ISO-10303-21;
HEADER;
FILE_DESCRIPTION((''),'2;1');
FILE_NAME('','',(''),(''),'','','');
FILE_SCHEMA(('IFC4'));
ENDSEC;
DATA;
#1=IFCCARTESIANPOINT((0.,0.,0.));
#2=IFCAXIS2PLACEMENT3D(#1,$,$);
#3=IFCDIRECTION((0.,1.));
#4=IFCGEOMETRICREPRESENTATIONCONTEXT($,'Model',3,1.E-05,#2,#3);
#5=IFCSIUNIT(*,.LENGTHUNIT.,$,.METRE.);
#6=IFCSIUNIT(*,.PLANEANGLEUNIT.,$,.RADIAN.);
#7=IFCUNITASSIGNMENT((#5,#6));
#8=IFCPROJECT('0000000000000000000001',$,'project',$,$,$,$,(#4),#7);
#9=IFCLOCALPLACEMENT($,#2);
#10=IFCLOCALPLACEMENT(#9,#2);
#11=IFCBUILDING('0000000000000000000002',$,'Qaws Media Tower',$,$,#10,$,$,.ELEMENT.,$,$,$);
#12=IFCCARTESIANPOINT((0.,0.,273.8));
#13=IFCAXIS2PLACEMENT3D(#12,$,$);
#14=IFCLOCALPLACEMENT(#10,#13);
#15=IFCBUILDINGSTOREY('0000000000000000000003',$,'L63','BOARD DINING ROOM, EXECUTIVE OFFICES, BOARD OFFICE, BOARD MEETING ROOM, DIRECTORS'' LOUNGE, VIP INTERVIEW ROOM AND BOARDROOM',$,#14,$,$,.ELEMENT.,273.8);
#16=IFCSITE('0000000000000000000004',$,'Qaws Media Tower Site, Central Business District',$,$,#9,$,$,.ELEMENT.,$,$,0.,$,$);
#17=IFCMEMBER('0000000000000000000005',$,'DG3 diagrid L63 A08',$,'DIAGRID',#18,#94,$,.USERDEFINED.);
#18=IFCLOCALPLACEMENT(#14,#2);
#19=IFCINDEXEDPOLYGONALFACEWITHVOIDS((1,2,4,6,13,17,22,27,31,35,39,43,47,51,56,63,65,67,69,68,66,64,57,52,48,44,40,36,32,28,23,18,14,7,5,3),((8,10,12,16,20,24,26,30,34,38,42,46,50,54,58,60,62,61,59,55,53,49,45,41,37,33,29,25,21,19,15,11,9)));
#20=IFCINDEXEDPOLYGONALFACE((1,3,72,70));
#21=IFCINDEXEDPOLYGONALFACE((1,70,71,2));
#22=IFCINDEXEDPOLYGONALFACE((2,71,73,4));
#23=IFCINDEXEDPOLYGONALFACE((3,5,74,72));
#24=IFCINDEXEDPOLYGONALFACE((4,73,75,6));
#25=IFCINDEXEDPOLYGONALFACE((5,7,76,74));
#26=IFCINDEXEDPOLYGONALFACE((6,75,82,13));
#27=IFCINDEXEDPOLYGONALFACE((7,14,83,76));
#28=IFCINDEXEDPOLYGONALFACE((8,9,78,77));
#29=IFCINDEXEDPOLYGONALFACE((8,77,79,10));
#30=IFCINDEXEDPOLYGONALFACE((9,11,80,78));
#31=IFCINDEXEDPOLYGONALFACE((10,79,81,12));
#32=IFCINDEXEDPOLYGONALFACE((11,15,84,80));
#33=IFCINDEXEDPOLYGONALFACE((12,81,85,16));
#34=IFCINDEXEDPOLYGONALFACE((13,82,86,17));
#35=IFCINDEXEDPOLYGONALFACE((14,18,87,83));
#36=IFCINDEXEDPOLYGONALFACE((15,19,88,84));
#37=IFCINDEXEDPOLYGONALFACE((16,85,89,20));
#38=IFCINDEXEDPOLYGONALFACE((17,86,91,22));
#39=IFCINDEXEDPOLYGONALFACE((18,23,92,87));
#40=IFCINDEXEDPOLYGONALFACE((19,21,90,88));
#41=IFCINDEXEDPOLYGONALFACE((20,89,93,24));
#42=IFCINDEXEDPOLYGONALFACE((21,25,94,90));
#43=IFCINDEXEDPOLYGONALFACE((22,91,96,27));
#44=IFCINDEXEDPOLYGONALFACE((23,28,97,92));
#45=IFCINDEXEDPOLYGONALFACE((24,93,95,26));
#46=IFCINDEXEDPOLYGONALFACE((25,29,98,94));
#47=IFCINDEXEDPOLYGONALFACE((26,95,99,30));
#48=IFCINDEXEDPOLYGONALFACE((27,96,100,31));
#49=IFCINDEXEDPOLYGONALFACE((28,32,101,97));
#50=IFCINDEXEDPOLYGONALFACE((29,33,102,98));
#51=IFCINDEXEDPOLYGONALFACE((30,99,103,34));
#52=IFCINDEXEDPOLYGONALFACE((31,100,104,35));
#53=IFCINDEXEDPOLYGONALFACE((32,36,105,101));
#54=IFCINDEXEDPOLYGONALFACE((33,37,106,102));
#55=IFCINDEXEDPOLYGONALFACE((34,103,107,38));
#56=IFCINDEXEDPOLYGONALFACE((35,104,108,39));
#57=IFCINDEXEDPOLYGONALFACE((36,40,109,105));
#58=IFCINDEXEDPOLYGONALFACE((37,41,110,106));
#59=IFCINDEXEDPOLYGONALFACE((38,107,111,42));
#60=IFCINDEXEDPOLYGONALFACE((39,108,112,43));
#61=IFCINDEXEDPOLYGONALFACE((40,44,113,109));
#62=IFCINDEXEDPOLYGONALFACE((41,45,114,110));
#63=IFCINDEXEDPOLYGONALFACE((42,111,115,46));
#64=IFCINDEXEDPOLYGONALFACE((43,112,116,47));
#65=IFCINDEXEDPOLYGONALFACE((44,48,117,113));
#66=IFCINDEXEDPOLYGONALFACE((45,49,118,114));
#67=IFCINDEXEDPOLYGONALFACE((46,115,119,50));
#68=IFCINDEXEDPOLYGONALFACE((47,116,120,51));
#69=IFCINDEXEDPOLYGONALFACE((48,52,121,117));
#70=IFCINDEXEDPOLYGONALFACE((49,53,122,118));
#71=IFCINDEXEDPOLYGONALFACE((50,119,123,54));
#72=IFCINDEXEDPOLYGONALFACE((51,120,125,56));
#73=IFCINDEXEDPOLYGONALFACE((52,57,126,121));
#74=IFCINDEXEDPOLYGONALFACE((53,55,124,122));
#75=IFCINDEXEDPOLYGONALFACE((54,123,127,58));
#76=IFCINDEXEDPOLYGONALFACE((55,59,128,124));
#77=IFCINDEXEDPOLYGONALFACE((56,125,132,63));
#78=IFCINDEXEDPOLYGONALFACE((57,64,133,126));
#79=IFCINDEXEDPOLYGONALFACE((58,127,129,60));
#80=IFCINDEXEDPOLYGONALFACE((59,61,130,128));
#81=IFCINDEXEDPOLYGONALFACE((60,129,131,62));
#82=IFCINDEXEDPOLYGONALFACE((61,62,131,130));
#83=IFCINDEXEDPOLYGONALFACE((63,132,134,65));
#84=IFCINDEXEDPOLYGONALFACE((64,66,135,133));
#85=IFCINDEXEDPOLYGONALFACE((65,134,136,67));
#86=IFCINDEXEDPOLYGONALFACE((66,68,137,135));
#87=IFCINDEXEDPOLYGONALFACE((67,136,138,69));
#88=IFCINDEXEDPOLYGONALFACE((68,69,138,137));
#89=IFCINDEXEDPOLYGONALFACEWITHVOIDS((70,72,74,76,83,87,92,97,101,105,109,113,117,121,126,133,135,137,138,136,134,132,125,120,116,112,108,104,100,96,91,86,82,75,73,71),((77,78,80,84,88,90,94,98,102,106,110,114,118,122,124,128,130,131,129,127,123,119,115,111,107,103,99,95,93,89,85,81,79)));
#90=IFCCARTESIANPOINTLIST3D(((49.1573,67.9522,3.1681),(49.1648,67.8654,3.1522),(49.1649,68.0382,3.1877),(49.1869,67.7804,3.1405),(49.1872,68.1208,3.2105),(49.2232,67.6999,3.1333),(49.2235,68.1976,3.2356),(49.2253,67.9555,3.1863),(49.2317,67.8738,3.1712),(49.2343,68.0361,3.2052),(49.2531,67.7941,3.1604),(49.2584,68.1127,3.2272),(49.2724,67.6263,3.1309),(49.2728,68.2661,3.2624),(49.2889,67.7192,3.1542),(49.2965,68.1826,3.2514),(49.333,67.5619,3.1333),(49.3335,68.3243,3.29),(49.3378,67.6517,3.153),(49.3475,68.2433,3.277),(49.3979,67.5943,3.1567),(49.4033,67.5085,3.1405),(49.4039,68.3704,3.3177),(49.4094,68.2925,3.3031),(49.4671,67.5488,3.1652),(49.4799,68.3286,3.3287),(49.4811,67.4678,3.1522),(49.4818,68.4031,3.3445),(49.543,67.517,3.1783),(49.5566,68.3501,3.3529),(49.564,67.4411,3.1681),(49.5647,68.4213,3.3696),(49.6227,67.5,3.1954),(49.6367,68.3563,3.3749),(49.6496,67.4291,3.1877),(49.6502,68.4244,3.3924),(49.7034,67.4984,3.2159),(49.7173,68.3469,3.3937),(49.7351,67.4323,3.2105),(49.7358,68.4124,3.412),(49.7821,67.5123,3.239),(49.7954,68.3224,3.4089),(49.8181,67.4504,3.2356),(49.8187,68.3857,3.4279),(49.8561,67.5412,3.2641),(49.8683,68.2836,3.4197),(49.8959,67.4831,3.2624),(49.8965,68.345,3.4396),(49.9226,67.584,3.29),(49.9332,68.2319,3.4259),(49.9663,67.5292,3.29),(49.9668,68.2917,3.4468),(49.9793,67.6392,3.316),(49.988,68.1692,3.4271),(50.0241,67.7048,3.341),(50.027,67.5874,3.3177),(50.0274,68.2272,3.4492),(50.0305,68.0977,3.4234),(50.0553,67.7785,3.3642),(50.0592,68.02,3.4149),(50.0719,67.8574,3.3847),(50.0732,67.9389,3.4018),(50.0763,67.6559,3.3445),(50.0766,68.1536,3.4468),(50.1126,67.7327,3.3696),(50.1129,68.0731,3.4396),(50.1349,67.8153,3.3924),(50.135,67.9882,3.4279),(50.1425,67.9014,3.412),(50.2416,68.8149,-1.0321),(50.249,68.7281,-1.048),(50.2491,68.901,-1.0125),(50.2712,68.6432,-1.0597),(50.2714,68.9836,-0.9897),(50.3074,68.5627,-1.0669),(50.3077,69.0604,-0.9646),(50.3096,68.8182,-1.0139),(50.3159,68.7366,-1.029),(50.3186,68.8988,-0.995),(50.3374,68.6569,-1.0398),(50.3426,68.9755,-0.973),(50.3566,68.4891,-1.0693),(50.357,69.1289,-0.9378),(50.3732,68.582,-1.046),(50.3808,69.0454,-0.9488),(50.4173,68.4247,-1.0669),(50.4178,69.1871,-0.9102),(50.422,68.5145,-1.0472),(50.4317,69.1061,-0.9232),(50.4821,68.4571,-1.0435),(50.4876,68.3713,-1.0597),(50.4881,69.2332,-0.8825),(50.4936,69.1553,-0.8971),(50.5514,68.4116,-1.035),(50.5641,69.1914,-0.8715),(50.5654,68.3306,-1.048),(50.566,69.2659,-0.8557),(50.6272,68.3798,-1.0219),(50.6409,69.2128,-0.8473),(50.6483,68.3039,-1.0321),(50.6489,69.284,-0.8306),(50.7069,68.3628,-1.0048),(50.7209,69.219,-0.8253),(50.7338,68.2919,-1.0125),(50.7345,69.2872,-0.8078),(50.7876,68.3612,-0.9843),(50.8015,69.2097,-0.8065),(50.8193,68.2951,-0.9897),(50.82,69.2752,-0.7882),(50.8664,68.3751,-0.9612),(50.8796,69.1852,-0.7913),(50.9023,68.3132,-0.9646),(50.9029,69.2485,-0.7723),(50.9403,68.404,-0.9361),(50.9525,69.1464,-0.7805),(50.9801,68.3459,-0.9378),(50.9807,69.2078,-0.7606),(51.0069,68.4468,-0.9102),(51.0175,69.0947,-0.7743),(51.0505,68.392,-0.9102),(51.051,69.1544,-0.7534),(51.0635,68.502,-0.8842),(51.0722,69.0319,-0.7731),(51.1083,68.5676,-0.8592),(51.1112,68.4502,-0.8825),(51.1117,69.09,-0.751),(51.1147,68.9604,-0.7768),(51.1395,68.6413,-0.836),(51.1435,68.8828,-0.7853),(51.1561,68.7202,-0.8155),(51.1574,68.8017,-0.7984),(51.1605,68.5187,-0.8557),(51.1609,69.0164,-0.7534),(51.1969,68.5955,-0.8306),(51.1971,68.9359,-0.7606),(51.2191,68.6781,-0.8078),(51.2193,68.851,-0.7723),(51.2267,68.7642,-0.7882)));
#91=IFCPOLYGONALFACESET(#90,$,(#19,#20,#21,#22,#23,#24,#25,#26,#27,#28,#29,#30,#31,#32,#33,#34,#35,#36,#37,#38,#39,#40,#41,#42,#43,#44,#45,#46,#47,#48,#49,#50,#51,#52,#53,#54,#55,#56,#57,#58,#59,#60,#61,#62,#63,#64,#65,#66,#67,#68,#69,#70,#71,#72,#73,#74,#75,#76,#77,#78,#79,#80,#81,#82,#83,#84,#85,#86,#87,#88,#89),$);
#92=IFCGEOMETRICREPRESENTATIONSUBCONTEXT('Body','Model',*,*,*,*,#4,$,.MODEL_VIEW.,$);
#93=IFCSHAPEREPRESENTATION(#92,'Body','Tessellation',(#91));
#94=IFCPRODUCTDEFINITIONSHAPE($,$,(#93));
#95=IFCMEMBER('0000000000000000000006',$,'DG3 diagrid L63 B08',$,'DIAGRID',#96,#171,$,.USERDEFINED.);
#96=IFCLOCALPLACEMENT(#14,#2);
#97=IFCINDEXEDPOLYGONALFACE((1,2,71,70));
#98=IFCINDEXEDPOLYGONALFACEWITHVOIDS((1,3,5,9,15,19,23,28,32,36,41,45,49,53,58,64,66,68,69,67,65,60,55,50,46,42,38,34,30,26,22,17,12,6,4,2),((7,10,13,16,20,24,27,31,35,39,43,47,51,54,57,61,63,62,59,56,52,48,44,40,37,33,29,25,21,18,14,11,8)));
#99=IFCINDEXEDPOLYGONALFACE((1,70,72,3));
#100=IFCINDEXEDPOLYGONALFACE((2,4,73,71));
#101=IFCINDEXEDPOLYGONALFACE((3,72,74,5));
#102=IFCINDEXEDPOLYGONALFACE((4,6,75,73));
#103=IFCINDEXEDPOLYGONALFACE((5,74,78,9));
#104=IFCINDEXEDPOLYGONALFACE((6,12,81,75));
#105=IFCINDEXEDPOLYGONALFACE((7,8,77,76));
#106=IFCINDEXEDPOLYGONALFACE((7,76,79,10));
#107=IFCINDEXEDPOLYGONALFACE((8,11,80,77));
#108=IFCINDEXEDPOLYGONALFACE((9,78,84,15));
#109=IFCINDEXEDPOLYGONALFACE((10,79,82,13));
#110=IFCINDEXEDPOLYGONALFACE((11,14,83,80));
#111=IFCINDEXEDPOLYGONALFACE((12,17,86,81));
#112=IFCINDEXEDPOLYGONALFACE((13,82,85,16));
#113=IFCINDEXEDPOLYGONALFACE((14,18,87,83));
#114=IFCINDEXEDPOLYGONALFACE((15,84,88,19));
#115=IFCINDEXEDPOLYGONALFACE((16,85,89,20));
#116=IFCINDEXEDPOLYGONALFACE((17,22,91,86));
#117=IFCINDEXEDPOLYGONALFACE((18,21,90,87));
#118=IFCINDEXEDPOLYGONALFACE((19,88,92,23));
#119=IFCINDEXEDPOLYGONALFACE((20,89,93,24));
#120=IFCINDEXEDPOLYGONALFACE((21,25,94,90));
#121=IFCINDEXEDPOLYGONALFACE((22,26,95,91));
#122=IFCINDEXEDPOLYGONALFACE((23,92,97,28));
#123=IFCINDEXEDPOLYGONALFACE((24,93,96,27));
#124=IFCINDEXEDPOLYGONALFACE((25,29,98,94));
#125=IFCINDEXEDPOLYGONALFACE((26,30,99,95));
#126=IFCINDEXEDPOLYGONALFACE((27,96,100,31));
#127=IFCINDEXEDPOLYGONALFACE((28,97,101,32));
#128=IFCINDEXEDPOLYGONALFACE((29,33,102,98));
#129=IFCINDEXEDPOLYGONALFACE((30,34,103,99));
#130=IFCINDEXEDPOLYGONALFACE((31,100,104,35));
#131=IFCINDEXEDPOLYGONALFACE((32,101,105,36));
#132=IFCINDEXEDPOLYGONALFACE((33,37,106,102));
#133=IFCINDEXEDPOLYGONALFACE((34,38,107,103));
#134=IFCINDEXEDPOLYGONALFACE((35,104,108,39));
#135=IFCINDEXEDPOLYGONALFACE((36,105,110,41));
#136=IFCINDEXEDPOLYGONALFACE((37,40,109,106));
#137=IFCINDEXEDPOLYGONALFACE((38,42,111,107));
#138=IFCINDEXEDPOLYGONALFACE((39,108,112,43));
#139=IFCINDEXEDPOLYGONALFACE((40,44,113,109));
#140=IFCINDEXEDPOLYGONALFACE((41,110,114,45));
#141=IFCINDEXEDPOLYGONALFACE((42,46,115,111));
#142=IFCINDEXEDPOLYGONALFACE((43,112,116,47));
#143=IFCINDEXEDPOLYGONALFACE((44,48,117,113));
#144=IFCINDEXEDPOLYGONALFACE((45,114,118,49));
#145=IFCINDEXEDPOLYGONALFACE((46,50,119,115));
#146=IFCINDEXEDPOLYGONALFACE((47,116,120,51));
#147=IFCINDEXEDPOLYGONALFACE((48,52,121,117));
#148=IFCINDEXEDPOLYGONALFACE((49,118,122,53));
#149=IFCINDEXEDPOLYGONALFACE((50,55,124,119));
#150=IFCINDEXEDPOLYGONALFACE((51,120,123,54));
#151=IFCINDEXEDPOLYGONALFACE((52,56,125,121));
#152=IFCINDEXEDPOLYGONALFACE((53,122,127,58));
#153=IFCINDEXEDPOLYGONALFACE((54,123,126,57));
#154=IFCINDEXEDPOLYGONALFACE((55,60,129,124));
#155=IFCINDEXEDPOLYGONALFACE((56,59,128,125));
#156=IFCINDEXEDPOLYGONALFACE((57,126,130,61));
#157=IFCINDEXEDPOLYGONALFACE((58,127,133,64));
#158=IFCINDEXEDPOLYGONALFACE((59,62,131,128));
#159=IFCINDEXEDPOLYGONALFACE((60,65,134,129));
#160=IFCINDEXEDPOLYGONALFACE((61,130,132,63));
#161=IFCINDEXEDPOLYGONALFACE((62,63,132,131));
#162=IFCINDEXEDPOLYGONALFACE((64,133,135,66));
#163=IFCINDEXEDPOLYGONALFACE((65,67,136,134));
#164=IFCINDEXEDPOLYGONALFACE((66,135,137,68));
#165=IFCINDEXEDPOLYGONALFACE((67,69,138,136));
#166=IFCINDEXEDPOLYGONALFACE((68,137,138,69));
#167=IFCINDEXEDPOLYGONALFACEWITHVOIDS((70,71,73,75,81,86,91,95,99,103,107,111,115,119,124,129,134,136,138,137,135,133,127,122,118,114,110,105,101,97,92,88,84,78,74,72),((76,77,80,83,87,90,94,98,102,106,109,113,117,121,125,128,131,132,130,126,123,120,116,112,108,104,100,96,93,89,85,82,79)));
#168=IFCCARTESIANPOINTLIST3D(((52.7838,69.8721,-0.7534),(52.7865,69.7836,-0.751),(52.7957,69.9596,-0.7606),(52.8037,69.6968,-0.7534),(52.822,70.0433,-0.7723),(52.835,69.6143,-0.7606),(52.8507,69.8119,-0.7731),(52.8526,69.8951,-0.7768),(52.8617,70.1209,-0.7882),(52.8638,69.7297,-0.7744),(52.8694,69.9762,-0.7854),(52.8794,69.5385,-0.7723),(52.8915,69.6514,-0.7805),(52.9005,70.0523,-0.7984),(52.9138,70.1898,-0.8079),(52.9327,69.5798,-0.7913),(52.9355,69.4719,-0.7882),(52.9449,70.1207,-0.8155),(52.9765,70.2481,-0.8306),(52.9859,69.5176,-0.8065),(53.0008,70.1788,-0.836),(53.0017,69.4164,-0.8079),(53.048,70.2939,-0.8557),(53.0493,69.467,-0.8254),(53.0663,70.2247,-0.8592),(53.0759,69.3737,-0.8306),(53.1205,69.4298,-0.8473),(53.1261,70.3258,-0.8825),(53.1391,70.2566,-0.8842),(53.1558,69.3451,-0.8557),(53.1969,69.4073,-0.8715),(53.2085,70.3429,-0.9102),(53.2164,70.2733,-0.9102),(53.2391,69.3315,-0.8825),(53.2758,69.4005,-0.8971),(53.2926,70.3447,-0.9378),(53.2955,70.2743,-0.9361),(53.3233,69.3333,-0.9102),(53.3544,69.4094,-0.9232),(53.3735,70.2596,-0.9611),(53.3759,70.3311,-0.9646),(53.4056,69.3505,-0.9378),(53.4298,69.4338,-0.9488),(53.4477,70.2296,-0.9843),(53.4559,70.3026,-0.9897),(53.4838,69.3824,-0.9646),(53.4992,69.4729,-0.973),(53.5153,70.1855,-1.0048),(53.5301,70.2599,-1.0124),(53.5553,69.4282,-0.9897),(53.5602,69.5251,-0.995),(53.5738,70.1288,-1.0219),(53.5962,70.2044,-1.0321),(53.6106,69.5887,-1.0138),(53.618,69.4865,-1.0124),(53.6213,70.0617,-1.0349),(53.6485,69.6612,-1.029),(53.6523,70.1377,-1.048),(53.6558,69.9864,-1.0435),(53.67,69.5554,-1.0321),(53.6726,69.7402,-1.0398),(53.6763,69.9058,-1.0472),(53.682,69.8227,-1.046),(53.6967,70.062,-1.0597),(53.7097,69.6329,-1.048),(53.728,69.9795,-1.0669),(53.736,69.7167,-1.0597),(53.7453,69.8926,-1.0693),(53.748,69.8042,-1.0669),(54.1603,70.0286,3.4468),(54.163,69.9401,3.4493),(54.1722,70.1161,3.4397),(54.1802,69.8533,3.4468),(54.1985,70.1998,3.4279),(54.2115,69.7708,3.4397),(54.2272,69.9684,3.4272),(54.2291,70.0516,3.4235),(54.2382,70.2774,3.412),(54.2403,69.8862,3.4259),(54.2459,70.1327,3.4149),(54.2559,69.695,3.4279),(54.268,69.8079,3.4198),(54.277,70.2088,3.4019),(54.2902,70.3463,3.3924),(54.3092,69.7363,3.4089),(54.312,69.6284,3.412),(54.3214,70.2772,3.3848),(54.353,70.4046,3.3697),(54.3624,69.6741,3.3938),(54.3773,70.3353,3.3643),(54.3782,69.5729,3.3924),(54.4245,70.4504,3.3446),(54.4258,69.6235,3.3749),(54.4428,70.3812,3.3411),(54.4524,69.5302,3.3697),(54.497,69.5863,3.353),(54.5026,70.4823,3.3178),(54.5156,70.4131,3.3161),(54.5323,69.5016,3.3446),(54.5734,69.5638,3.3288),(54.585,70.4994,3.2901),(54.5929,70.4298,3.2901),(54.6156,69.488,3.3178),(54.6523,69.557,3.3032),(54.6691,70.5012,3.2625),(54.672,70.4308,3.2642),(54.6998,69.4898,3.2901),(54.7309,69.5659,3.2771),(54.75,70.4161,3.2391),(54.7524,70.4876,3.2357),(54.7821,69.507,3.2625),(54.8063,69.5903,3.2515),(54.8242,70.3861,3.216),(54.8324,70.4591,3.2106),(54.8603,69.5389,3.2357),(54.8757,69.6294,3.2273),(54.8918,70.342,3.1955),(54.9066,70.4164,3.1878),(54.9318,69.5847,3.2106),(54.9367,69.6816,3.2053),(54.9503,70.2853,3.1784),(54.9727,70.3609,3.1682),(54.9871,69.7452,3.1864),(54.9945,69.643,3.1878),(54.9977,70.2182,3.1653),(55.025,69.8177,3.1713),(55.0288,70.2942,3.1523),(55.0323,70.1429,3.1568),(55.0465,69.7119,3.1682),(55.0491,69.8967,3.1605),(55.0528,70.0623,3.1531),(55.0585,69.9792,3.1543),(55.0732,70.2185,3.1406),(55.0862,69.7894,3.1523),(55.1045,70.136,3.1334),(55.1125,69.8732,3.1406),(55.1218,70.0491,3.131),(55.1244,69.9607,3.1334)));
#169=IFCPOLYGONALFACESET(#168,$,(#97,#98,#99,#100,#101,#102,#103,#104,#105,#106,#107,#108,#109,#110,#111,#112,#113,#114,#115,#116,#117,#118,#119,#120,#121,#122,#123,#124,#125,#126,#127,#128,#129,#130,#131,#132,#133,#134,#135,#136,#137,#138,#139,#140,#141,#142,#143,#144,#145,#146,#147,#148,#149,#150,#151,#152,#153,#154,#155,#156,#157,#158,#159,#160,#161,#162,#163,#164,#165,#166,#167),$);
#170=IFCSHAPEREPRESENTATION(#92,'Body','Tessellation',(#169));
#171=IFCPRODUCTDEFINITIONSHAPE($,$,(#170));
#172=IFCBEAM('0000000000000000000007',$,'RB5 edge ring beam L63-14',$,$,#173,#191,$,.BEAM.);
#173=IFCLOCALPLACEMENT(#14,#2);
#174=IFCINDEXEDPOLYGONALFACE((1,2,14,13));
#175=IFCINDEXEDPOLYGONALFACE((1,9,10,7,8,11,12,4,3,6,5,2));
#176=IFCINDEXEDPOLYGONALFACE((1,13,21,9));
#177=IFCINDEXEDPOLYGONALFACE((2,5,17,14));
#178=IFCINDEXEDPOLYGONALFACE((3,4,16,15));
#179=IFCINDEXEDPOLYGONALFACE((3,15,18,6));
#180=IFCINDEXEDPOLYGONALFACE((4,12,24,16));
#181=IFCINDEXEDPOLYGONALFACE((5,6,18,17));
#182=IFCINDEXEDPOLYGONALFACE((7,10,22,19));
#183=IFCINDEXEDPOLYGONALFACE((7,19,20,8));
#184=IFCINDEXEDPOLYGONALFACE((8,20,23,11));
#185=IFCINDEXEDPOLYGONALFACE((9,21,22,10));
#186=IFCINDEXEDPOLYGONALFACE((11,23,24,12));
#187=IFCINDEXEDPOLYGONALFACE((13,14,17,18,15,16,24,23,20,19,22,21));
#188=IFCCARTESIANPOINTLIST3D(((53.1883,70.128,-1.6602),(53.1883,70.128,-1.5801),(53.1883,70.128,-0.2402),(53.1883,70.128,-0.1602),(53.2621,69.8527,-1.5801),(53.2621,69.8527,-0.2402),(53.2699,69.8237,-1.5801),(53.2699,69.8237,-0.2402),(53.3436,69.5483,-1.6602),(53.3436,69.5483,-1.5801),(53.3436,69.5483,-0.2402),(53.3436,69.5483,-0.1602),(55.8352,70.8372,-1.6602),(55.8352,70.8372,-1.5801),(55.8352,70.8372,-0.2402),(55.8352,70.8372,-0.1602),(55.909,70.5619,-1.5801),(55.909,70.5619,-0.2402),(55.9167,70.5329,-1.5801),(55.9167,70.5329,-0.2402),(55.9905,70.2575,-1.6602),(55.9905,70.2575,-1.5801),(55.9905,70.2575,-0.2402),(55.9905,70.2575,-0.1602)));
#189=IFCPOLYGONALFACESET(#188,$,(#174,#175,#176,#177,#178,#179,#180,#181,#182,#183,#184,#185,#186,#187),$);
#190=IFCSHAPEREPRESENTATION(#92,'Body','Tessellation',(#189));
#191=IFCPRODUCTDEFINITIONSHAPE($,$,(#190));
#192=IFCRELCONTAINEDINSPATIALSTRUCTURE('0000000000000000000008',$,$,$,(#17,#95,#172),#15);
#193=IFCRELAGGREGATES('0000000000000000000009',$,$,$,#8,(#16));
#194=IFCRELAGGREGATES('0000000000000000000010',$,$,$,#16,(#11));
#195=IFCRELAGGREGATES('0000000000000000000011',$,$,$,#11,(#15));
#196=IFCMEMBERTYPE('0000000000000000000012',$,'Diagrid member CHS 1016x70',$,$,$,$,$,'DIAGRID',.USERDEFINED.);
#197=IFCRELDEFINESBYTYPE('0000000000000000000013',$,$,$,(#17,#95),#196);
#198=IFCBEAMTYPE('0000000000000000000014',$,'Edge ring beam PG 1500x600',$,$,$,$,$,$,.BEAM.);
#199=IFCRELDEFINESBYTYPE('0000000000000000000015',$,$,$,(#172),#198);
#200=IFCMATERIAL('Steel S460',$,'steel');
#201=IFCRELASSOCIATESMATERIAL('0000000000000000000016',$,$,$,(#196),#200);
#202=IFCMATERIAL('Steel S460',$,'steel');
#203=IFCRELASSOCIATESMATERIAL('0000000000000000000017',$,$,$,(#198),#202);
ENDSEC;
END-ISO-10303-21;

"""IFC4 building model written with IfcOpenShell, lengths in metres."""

from ifc_helpers import new_model, si_unit, direction, frame, origin, origin_2d, place, context, subcontext, project, spatial, hollow_circle, i_section, extrude, material, material_profile, profile_set, type_object, element, save


model = new_model("IFC4")

# Units and contexts
model_context = context("Model", 3, precision=1e-05, world=origin(), true_north=direction((0.0, 1.0)))
body_context = subcontext(model_context, "Body", "Model", "MODEL_VIEW")
ifc_project = project(units=[si_unit("LENGTHUNIT", "METRE"), si_unit("PLANEANGLEUNIT", "RADIAN")], contexts=[model_context])

# Site, building, storey
site_placement = place(None, origin())
site = spatial("IfcSite", under=ifc_project, at=site_placement, Name="Qaws Media Tower Site, Central Business District", CompositionType="ELEMENT", RefElevation=0.0)
building_placement = place(site_placement, origin())
building = spatial("IfcBuilding", under=site, at=building_placement, Name="Qaws Media Tower", CompositionType="ELEMENT")
storey_placement = place(building_placement, frame((0.0, 0.0, 273.8)))
storey = spatial("IfcBuildingStorey", under=building, at=storey_placement, Name="L63", Description="BOARD DINING ROOM, EXECUTIVE OFFICES, BOARD OFFICE, BOARD MEETING ROOM, DIRECTORS' LOUNGE, VIP INTERVIEW ROOM AND BOARDROOM", CompositionType="ELEMENT", Elevation=273.8)

# Members
ifc_material_1 = material(Name="Steel S460", Category="steel")
ifc_material_profile_1 = material_profile(ifc_material_1, hollow_circle(Radius=0.5081, WallThickness=0.0701, at=origin_2d()), Name="CHS 1016x70")
ifc_profile_set_1 = profile_set([ifc_material_profile_1], Name="Steel S460")
member_type_1 = type_object("IfcMemberType", Name="Diagrid member CHS 1016x70", ElementType="DIAGRID", PredefinedType="USERDEFINED", material=ifc_profile_set_1)
for number, where, z_axis, x_axis, name in (
    (1, (50.7341, 68.7896, -0.9102), (-0.245142, -0.195076, 0.949658), (0.622673, -0.782482, 0.0), "DG3 diagrid L63 A08"),
    (2, (53.2659, 69.8381, -0.9102), (0.311223, 0.035384, 0.949678), (-0.112965, 0.993599, 0.0), "DG3 diagrid L63 B08"),
):
    element("IfcMember", number, at=place(storey_placement, frame(where, z_axis=z_axis, x_axis=x_axis)), inside=storey, type_object=member_type_1, Name=name, ObjectType="DIAGRID", PredefinedType="USERDEFINED", context=body_context, shape_type="SweptSolid", body=[
        extrude(hollow_circle(Radius=0.5081, WallThickness=0.0701, at=origin_2d()), origin(), (0.0, 0.0, 1.0), 4.4229),
    ])

# Beam
ifc_material_2 = material(Name="Steel S460", Category="steel")
ifc_material_profile_2 = material_profile(ifc_material_2, i_section(OverallWidth=0.6001, OverallDepth=1.5, WebThickness=0.03, FlangeThickness=0.0801, at=origin_2d()), Name="PG 1500x600")
ifc_profile_set_2 = profile_set([ifc_material_profile_2], Name="Steel S460")
beam_type_1 = type_object("IfcBeamType", Name="Edge ring beam PG 1500x600", PredefinedType="BEAM", material=ifc_profile_set_2)
for number, where, z_axis, x_axis, name in (
    (3, (55.9128, 70.5474, -0.9102), (-0.965928, -0.25881, 0.0), (0.25881, -0.965928, 0.0), "RB5 edge ring beam L63-14"),
):
    element("IfcBeam", number, at=place(storey_placement, frame(where, z_axis=z_axis, x_axis=x_axis)), inside=storey, type_object=beam_type_1, Name=name, PredefinedType="BEAM", context=body_context, shape_type="SweptSolid", body=[
        extrude(i_section(OverallWidth=0.6001, OverallDepth=1.5, WebThickness=0.03, FlangeThickness=0.0801, at=origin_2d()), origin(), (0.0, 0.0, 1.0), 2.7402),
    ])

save(model, "model.ifc")
